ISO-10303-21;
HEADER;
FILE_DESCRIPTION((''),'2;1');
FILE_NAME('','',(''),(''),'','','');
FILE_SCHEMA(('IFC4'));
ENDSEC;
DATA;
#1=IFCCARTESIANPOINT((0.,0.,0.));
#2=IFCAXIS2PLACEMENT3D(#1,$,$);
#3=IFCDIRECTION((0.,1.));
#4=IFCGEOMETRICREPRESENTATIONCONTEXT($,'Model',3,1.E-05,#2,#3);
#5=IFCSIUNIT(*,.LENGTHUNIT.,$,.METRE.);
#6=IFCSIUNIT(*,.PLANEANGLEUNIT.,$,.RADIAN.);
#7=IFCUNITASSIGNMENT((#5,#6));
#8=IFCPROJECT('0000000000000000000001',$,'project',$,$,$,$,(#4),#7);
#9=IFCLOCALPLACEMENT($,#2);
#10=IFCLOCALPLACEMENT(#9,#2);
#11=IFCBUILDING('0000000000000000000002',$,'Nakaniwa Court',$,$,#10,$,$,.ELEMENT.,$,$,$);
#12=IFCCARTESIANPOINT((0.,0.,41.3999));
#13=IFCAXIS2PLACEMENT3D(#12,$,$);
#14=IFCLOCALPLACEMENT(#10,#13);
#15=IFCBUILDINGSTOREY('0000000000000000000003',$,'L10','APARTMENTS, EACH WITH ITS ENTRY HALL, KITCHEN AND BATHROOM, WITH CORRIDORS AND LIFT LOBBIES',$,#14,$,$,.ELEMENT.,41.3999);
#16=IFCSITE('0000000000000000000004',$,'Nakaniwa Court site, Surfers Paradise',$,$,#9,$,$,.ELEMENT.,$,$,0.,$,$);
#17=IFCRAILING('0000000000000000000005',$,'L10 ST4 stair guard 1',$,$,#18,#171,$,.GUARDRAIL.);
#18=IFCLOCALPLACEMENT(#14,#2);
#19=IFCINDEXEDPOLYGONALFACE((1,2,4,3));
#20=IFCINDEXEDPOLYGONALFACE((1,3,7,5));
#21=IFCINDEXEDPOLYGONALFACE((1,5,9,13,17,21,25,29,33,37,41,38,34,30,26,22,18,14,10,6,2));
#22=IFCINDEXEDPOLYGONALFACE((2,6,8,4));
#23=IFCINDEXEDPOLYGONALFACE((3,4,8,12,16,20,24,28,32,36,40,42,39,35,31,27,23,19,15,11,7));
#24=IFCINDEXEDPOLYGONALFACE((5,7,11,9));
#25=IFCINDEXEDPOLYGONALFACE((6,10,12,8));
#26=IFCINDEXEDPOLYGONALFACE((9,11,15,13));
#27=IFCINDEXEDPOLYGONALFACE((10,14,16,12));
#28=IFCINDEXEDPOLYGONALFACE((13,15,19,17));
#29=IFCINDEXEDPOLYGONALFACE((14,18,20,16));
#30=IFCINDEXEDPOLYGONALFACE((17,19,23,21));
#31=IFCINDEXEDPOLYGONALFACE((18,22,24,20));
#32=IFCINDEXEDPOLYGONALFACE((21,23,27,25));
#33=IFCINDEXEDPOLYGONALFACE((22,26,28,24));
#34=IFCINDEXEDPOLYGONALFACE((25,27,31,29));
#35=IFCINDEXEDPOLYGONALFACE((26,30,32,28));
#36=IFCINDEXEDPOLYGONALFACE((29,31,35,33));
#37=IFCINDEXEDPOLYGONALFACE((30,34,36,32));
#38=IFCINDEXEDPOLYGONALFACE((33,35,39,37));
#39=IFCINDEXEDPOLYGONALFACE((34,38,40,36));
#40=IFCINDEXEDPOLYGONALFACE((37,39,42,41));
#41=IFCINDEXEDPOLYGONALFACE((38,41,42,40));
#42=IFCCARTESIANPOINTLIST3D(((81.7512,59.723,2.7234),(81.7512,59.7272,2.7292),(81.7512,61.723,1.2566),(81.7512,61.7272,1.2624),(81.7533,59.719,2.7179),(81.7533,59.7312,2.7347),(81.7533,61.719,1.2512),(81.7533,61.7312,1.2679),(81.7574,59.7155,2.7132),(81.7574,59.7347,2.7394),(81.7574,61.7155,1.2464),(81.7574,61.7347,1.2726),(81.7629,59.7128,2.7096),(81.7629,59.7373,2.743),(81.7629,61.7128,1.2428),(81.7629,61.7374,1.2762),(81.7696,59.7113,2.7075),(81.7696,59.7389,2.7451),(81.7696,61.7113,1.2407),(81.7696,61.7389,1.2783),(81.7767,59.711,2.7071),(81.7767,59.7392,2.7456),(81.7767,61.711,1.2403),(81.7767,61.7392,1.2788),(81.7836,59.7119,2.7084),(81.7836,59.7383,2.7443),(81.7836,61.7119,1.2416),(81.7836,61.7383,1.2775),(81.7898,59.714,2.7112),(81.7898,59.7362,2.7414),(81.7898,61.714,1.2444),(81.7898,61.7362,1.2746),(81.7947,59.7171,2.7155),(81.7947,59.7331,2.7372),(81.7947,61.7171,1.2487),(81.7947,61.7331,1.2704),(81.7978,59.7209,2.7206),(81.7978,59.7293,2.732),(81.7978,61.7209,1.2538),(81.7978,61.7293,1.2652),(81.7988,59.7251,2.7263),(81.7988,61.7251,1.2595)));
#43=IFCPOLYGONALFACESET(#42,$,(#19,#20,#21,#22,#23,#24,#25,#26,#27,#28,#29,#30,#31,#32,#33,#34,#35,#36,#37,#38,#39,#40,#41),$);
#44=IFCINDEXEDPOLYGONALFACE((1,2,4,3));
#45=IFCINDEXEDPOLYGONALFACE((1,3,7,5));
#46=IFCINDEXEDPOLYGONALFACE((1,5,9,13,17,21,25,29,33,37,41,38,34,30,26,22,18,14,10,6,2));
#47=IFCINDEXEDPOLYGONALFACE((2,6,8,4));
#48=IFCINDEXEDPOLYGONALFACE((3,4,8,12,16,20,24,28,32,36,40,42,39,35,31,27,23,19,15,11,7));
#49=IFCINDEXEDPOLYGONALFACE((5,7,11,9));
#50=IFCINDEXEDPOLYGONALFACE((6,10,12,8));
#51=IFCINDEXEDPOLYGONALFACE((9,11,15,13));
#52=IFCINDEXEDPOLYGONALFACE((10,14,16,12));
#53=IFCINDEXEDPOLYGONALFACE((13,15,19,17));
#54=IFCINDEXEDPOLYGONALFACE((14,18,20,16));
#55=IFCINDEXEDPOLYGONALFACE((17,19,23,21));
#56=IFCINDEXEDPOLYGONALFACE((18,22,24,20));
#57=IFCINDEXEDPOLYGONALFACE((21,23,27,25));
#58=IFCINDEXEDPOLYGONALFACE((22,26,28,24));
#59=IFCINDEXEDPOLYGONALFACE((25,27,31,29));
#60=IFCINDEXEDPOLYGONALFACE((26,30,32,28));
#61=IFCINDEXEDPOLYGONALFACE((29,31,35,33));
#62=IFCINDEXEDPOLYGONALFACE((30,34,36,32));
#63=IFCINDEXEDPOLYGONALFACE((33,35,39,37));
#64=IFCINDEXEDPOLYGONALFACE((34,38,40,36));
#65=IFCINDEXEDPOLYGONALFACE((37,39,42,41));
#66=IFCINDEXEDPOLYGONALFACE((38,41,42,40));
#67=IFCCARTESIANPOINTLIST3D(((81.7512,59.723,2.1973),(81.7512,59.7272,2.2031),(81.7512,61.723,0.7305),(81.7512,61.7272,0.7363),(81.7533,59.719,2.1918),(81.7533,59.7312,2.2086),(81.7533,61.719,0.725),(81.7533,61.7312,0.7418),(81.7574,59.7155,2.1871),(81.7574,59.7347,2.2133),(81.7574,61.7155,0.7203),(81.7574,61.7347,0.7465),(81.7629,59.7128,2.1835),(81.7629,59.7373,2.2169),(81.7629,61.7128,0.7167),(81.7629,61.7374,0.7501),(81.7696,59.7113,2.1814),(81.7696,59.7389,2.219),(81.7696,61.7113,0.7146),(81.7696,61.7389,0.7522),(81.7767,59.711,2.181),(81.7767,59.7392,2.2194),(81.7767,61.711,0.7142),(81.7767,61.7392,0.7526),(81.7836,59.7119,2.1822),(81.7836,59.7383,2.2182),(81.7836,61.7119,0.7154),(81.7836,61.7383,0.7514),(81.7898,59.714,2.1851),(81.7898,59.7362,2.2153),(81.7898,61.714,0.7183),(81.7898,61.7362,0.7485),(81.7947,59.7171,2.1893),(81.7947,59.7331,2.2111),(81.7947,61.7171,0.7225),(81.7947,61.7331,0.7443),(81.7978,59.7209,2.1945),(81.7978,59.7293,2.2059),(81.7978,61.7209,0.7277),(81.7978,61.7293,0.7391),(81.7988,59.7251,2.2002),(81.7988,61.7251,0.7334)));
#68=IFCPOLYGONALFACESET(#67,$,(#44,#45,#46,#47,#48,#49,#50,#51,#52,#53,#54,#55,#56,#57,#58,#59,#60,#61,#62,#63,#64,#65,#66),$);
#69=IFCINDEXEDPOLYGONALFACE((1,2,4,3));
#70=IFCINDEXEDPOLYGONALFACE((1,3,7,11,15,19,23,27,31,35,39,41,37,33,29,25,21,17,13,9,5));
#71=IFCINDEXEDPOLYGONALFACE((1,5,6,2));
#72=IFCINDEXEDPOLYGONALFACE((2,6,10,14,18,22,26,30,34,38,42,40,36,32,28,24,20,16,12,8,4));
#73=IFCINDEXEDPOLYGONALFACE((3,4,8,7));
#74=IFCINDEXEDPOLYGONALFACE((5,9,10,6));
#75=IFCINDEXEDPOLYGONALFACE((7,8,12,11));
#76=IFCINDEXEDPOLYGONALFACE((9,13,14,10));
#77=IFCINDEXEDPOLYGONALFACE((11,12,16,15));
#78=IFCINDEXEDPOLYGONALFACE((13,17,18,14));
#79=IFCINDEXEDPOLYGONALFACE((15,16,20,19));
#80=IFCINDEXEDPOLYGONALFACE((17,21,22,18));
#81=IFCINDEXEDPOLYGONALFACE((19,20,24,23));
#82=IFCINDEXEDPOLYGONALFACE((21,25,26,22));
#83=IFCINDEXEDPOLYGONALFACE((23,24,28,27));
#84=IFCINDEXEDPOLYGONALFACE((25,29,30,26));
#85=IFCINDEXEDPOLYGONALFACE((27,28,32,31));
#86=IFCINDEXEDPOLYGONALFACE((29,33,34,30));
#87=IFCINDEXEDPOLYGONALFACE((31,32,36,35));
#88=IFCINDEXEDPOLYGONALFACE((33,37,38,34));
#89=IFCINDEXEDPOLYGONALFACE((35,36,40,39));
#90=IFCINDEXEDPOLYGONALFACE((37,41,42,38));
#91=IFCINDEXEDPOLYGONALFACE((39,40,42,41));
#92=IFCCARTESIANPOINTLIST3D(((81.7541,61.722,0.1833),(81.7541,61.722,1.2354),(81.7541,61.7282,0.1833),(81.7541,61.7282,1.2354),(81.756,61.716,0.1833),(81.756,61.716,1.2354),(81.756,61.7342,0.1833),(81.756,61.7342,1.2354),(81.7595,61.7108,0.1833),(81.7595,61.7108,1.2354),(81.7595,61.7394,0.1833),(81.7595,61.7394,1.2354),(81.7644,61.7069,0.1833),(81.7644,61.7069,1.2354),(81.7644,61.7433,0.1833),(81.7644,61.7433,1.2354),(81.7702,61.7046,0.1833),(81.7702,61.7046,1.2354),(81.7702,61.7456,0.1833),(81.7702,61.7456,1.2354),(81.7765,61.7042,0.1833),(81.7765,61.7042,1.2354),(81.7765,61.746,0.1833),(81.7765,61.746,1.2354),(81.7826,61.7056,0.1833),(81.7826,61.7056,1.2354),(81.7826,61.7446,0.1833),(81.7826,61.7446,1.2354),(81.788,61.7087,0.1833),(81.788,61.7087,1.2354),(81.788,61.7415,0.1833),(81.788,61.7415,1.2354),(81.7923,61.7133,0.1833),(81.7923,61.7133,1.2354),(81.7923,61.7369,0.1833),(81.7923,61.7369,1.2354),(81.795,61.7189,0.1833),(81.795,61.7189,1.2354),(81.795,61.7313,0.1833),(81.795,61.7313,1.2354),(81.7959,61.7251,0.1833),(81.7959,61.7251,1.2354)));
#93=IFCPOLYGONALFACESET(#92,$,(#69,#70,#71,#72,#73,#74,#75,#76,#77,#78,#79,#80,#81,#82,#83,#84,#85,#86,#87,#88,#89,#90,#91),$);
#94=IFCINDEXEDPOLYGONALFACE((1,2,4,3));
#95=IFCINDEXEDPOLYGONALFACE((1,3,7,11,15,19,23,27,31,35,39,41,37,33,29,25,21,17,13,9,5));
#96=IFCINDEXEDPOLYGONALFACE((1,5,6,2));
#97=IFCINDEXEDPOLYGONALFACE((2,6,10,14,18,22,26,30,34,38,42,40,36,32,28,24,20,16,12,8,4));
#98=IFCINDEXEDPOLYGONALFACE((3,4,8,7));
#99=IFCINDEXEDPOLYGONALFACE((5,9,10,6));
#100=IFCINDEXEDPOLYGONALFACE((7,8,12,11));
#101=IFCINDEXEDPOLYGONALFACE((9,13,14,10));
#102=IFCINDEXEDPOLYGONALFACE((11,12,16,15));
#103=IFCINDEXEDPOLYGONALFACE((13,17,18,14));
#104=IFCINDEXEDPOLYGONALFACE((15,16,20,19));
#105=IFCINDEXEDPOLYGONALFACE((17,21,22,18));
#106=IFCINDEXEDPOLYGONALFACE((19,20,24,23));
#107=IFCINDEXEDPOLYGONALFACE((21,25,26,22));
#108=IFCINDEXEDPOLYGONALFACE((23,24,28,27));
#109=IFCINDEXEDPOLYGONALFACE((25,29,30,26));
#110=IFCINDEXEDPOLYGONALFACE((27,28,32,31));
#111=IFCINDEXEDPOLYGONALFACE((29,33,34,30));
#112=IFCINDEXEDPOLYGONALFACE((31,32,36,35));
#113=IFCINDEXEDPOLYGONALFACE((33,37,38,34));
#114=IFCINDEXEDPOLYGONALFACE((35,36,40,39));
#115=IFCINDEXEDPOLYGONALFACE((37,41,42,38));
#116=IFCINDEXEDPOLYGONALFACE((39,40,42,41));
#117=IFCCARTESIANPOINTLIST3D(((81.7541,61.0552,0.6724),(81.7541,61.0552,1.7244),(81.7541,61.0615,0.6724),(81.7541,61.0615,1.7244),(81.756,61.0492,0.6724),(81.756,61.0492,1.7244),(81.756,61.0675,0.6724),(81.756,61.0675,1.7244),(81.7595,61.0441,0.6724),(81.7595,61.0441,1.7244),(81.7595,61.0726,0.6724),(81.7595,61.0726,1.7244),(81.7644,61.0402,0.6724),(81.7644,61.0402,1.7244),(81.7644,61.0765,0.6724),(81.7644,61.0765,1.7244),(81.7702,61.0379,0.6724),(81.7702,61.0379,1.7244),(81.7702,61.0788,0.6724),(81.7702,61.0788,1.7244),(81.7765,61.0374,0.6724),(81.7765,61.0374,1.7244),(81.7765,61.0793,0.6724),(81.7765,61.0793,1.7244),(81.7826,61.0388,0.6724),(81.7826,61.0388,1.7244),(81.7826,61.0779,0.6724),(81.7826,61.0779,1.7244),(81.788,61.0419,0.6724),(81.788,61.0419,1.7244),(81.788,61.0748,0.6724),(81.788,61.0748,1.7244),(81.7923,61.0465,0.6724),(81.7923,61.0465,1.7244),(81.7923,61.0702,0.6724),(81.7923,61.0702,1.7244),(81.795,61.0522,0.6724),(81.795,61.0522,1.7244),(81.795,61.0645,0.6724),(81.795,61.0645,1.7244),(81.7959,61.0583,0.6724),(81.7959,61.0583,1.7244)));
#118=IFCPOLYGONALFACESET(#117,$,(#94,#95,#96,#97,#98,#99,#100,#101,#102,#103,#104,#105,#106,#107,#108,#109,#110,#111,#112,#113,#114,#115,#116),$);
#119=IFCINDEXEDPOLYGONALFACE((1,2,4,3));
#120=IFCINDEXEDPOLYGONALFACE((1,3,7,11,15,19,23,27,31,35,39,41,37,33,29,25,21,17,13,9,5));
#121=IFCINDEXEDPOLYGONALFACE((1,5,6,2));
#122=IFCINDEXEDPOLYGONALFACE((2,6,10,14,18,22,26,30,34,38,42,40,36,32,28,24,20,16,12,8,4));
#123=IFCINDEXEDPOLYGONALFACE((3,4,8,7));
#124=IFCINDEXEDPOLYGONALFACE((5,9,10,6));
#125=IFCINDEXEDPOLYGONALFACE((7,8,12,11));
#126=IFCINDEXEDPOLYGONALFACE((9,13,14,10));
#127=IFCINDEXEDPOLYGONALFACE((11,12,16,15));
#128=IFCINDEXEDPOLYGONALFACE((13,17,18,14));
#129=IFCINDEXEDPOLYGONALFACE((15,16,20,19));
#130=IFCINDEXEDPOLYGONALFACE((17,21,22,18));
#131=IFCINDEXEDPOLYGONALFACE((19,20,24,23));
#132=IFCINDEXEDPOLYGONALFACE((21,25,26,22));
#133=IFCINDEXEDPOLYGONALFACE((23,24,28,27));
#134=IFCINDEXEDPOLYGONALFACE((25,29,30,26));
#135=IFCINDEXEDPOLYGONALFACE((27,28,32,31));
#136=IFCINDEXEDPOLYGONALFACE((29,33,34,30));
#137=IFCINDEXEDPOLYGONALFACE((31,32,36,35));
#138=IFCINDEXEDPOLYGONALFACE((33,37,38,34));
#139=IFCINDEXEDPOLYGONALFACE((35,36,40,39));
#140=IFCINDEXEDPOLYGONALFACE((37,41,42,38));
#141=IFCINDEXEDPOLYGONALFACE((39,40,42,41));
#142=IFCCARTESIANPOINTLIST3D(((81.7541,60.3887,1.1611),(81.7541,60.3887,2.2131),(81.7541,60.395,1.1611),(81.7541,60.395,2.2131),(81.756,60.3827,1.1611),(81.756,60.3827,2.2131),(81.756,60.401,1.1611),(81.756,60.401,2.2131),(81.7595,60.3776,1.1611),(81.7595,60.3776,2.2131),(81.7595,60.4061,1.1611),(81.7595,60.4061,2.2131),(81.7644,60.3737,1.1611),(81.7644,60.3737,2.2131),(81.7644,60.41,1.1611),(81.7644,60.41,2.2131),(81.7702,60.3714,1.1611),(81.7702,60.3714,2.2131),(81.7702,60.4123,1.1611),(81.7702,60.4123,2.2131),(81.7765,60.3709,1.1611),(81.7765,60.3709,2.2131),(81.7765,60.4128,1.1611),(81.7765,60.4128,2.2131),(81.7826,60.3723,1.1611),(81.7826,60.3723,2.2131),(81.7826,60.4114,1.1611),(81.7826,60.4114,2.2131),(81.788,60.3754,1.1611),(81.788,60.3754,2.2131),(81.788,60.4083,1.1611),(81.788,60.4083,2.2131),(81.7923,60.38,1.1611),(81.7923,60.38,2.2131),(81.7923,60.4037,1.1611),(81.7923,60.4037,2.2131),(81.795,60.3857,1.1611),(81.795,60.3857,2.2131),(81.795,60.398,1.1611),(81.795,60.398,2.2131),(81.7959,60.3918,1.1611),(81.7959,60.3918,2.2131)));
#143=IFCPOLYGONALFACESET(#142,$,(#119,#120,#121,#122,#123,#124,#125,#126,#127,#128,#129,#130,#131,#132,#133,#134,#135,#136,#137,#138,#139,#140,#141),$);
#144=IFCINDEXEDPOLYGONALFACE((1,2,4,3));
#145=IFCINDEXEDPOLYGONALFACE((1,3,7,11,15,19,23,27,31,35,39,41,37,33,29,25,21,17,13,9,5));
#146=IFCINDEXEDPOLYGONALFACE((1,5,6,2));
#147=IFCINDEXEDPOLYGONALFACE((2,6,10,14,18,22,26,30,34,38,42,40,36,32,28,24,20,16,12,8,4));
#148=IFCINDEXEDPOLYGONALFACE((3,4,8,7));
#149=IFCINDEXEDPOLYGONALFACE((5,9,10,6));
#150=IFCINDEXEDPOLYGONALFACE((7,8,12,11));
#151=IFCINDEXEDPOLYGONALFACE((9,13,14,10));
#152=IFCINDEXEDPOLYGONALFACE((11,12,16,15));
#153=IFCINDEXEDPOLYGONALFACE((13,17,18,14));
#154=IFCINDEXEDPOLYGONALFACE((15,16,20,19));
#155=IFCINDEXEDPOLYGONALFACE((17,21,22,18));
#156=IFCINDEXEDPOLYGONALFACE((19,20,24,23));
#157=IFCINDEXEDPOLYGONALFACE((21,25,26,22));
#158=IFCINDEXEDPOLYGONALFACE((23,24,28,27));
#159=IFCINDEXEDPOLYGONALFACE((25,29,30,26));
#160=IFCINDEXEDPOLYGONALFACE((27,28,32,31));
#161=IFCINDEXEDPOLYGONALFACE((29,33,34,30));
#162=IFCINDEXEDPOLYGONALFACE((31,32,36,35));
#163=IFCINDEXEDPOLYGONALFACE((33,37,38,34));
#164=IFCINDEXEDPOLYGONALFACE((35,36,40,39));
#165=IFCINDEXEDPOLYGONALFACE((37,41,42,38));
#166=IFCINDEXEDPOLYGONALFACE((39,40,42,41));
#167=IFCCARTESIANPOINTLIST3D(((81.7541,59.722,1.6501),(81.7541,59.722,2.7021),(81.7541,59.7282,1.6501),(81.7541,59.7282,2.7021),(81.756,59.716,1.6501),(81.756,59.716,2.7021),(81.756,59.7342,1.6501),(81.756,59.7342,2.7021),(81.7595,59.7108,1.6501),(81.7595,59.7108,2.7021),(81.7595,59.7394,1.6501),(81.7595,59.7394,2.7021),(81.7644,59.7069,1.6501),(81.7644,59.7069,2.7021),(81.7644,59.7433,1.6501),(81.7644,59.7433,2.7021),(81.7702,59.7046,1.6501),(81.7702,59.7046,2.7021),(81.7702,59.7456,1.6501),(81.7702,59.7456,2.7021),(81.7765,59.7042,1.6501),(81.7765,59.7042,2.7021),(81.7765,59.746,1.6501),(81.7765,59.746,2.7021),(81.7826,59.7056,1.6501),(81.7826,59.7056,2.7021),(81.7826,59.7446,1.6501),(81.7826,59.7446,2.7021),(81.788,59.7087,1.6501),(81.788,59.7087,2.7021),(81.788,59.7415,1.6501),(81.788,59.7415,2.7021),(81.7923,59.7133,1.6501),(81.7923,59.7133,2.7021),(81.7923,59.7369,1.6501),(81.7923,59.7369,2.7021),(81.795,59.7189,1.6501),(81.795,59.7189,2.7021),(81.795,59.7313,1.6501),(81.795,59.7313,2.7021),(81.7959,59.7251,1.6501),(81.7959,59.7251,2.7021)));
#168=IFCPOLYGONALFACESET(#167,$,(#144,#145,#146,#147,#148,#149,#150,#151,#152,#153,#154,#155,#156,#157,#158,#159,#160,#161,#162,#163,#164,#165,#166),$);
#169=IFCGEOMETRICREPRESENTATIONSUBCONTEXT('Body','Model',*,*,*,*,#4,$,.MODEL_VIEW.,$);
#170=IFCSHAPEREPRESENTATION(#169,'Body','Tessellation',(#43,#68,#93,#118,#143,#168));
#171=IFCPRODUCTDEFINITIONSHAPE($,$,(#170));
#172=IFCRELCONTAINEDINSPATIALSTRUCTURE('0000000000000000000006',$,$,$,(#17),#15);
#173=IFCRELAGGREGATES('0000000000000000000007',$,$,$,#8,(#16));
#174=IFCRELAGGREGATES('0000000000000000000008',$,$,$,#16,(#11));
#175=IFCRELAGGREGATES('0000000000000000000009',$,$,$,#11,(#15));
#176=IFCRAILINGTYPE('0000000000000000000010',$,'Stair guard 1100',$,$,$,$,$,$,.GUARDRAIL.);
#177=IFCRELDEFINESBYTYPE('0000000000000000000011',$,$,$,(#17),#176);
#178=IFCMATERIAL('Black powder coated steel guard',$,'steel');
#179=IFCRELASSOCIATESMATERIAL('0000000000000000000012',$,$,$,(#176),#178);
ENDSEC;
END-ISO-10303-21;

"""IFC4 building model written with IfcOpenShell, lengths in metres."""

from ifc_helpers import new_model, si_unit, direction, frame, origin, origin_2d, place, context, subcontext, project, spatial, circle, extrude, material, type_object, element, save


model = new_model("IFC4")

# Units and contexts
model_context = context("Model", 3, precision=1e-05, world=origin(), true_north=direction((0.0, 1.0)))
body_context = subcontext(model_context, "Body", "Model", "MODEL_VIEW")
ifc_project = project(units=[si_unit("LENGTHUNIT", "METRE"), si_unit("PLANEANGLEUNIT", "RADIAN")], contexts=[model_context])

# Site, building, storey
site_placement = place(None, origin())
site = spatial("IfcSite", under=ifc_project, at=site_placement, Name="Nakaniwa Court site, Surfers Paradise", CompositionType="ELEMENT", RefElevation=0.0)
building_placement = place(site_placement, origin())
building = spatial("IfcBuilding", under=site, at=building_placement, Name="Nakaniwa Court", CompositionType="ELEMENT")
storey_placement = place(building_placement, frame((0.0, 0.0, 41.3999)))
storey = spatial("IfcBuildingStorey", under=building, at=storey_placement, Name="L10", Description="APARTMENTS, EACH WITH ITS ENTRY HALL, KITCHEN AND BATHROOM, WITH CORRIDORS AND LIFT LOBBIES", CompositionType="ELEMENT", Elevation=41.3999)

# Railing
ifc_material_1 = material(Name="Black powder coated steel guard", Category="steel")
railing_type_1 = type_object("IfcRailingType", Name="Stair guard 1100", PredefinedType="GUARDRAIL", material=ifc_material_1)
railing_1_placement = place(storey_placement, frame((81.7749, 61.7251, 0.1833)))
element("IfcRailing", 1, at=railing_1_placement, inside=storey, type_object=railing_type_1, Name="L10 ST4 stair guard 1", PredefinedType="GUARDRAIL", context=body_context, shape_type="SweptSolid", body=[
    extrude(circle(Radius=0.0239, at=origin_2d()), frame((0.0, 0.0, 1.0762), z_axis=(0.0, -0.80638, 0.591398), x_axis=(1.0, 0.0, 0.0)), (0.0, 0.0, 1.0), 2.4802),
    extrude(circle(Radius=0.0239, at=origin_2d()), frame((0.0, 0.0, 0.55), z_axis=(0.0, -0.80638, 0.591398), x_axis=(1.0, 0.0, 0.0)), (0.0, 0.0, 1.0), 2.4802),
    extrude(circle(Radius=0.021, at=origin_2d()), origin(), (0.0, 0.0, 1.0), 1.052),
    extrude(circle(Radius=0.021, at=origin_2d()), frame((0.0, -0.6667, 0.489)), (0.0, 0.0, 1.0), 1.052),
    extrude(circle(Radius=0.021, at=origin_2d()), frame((0.0, -1.3333, 0.9778)), (0.0, 0.0, 1.0), 1.052),
    extrude(circle(Radius=0.021, at=origin_2d()), frame((0.0, -2.0, 1.4668)), (0.0, 0.0, 1.0), 1.052),
])

save(model, "model.ifc")
